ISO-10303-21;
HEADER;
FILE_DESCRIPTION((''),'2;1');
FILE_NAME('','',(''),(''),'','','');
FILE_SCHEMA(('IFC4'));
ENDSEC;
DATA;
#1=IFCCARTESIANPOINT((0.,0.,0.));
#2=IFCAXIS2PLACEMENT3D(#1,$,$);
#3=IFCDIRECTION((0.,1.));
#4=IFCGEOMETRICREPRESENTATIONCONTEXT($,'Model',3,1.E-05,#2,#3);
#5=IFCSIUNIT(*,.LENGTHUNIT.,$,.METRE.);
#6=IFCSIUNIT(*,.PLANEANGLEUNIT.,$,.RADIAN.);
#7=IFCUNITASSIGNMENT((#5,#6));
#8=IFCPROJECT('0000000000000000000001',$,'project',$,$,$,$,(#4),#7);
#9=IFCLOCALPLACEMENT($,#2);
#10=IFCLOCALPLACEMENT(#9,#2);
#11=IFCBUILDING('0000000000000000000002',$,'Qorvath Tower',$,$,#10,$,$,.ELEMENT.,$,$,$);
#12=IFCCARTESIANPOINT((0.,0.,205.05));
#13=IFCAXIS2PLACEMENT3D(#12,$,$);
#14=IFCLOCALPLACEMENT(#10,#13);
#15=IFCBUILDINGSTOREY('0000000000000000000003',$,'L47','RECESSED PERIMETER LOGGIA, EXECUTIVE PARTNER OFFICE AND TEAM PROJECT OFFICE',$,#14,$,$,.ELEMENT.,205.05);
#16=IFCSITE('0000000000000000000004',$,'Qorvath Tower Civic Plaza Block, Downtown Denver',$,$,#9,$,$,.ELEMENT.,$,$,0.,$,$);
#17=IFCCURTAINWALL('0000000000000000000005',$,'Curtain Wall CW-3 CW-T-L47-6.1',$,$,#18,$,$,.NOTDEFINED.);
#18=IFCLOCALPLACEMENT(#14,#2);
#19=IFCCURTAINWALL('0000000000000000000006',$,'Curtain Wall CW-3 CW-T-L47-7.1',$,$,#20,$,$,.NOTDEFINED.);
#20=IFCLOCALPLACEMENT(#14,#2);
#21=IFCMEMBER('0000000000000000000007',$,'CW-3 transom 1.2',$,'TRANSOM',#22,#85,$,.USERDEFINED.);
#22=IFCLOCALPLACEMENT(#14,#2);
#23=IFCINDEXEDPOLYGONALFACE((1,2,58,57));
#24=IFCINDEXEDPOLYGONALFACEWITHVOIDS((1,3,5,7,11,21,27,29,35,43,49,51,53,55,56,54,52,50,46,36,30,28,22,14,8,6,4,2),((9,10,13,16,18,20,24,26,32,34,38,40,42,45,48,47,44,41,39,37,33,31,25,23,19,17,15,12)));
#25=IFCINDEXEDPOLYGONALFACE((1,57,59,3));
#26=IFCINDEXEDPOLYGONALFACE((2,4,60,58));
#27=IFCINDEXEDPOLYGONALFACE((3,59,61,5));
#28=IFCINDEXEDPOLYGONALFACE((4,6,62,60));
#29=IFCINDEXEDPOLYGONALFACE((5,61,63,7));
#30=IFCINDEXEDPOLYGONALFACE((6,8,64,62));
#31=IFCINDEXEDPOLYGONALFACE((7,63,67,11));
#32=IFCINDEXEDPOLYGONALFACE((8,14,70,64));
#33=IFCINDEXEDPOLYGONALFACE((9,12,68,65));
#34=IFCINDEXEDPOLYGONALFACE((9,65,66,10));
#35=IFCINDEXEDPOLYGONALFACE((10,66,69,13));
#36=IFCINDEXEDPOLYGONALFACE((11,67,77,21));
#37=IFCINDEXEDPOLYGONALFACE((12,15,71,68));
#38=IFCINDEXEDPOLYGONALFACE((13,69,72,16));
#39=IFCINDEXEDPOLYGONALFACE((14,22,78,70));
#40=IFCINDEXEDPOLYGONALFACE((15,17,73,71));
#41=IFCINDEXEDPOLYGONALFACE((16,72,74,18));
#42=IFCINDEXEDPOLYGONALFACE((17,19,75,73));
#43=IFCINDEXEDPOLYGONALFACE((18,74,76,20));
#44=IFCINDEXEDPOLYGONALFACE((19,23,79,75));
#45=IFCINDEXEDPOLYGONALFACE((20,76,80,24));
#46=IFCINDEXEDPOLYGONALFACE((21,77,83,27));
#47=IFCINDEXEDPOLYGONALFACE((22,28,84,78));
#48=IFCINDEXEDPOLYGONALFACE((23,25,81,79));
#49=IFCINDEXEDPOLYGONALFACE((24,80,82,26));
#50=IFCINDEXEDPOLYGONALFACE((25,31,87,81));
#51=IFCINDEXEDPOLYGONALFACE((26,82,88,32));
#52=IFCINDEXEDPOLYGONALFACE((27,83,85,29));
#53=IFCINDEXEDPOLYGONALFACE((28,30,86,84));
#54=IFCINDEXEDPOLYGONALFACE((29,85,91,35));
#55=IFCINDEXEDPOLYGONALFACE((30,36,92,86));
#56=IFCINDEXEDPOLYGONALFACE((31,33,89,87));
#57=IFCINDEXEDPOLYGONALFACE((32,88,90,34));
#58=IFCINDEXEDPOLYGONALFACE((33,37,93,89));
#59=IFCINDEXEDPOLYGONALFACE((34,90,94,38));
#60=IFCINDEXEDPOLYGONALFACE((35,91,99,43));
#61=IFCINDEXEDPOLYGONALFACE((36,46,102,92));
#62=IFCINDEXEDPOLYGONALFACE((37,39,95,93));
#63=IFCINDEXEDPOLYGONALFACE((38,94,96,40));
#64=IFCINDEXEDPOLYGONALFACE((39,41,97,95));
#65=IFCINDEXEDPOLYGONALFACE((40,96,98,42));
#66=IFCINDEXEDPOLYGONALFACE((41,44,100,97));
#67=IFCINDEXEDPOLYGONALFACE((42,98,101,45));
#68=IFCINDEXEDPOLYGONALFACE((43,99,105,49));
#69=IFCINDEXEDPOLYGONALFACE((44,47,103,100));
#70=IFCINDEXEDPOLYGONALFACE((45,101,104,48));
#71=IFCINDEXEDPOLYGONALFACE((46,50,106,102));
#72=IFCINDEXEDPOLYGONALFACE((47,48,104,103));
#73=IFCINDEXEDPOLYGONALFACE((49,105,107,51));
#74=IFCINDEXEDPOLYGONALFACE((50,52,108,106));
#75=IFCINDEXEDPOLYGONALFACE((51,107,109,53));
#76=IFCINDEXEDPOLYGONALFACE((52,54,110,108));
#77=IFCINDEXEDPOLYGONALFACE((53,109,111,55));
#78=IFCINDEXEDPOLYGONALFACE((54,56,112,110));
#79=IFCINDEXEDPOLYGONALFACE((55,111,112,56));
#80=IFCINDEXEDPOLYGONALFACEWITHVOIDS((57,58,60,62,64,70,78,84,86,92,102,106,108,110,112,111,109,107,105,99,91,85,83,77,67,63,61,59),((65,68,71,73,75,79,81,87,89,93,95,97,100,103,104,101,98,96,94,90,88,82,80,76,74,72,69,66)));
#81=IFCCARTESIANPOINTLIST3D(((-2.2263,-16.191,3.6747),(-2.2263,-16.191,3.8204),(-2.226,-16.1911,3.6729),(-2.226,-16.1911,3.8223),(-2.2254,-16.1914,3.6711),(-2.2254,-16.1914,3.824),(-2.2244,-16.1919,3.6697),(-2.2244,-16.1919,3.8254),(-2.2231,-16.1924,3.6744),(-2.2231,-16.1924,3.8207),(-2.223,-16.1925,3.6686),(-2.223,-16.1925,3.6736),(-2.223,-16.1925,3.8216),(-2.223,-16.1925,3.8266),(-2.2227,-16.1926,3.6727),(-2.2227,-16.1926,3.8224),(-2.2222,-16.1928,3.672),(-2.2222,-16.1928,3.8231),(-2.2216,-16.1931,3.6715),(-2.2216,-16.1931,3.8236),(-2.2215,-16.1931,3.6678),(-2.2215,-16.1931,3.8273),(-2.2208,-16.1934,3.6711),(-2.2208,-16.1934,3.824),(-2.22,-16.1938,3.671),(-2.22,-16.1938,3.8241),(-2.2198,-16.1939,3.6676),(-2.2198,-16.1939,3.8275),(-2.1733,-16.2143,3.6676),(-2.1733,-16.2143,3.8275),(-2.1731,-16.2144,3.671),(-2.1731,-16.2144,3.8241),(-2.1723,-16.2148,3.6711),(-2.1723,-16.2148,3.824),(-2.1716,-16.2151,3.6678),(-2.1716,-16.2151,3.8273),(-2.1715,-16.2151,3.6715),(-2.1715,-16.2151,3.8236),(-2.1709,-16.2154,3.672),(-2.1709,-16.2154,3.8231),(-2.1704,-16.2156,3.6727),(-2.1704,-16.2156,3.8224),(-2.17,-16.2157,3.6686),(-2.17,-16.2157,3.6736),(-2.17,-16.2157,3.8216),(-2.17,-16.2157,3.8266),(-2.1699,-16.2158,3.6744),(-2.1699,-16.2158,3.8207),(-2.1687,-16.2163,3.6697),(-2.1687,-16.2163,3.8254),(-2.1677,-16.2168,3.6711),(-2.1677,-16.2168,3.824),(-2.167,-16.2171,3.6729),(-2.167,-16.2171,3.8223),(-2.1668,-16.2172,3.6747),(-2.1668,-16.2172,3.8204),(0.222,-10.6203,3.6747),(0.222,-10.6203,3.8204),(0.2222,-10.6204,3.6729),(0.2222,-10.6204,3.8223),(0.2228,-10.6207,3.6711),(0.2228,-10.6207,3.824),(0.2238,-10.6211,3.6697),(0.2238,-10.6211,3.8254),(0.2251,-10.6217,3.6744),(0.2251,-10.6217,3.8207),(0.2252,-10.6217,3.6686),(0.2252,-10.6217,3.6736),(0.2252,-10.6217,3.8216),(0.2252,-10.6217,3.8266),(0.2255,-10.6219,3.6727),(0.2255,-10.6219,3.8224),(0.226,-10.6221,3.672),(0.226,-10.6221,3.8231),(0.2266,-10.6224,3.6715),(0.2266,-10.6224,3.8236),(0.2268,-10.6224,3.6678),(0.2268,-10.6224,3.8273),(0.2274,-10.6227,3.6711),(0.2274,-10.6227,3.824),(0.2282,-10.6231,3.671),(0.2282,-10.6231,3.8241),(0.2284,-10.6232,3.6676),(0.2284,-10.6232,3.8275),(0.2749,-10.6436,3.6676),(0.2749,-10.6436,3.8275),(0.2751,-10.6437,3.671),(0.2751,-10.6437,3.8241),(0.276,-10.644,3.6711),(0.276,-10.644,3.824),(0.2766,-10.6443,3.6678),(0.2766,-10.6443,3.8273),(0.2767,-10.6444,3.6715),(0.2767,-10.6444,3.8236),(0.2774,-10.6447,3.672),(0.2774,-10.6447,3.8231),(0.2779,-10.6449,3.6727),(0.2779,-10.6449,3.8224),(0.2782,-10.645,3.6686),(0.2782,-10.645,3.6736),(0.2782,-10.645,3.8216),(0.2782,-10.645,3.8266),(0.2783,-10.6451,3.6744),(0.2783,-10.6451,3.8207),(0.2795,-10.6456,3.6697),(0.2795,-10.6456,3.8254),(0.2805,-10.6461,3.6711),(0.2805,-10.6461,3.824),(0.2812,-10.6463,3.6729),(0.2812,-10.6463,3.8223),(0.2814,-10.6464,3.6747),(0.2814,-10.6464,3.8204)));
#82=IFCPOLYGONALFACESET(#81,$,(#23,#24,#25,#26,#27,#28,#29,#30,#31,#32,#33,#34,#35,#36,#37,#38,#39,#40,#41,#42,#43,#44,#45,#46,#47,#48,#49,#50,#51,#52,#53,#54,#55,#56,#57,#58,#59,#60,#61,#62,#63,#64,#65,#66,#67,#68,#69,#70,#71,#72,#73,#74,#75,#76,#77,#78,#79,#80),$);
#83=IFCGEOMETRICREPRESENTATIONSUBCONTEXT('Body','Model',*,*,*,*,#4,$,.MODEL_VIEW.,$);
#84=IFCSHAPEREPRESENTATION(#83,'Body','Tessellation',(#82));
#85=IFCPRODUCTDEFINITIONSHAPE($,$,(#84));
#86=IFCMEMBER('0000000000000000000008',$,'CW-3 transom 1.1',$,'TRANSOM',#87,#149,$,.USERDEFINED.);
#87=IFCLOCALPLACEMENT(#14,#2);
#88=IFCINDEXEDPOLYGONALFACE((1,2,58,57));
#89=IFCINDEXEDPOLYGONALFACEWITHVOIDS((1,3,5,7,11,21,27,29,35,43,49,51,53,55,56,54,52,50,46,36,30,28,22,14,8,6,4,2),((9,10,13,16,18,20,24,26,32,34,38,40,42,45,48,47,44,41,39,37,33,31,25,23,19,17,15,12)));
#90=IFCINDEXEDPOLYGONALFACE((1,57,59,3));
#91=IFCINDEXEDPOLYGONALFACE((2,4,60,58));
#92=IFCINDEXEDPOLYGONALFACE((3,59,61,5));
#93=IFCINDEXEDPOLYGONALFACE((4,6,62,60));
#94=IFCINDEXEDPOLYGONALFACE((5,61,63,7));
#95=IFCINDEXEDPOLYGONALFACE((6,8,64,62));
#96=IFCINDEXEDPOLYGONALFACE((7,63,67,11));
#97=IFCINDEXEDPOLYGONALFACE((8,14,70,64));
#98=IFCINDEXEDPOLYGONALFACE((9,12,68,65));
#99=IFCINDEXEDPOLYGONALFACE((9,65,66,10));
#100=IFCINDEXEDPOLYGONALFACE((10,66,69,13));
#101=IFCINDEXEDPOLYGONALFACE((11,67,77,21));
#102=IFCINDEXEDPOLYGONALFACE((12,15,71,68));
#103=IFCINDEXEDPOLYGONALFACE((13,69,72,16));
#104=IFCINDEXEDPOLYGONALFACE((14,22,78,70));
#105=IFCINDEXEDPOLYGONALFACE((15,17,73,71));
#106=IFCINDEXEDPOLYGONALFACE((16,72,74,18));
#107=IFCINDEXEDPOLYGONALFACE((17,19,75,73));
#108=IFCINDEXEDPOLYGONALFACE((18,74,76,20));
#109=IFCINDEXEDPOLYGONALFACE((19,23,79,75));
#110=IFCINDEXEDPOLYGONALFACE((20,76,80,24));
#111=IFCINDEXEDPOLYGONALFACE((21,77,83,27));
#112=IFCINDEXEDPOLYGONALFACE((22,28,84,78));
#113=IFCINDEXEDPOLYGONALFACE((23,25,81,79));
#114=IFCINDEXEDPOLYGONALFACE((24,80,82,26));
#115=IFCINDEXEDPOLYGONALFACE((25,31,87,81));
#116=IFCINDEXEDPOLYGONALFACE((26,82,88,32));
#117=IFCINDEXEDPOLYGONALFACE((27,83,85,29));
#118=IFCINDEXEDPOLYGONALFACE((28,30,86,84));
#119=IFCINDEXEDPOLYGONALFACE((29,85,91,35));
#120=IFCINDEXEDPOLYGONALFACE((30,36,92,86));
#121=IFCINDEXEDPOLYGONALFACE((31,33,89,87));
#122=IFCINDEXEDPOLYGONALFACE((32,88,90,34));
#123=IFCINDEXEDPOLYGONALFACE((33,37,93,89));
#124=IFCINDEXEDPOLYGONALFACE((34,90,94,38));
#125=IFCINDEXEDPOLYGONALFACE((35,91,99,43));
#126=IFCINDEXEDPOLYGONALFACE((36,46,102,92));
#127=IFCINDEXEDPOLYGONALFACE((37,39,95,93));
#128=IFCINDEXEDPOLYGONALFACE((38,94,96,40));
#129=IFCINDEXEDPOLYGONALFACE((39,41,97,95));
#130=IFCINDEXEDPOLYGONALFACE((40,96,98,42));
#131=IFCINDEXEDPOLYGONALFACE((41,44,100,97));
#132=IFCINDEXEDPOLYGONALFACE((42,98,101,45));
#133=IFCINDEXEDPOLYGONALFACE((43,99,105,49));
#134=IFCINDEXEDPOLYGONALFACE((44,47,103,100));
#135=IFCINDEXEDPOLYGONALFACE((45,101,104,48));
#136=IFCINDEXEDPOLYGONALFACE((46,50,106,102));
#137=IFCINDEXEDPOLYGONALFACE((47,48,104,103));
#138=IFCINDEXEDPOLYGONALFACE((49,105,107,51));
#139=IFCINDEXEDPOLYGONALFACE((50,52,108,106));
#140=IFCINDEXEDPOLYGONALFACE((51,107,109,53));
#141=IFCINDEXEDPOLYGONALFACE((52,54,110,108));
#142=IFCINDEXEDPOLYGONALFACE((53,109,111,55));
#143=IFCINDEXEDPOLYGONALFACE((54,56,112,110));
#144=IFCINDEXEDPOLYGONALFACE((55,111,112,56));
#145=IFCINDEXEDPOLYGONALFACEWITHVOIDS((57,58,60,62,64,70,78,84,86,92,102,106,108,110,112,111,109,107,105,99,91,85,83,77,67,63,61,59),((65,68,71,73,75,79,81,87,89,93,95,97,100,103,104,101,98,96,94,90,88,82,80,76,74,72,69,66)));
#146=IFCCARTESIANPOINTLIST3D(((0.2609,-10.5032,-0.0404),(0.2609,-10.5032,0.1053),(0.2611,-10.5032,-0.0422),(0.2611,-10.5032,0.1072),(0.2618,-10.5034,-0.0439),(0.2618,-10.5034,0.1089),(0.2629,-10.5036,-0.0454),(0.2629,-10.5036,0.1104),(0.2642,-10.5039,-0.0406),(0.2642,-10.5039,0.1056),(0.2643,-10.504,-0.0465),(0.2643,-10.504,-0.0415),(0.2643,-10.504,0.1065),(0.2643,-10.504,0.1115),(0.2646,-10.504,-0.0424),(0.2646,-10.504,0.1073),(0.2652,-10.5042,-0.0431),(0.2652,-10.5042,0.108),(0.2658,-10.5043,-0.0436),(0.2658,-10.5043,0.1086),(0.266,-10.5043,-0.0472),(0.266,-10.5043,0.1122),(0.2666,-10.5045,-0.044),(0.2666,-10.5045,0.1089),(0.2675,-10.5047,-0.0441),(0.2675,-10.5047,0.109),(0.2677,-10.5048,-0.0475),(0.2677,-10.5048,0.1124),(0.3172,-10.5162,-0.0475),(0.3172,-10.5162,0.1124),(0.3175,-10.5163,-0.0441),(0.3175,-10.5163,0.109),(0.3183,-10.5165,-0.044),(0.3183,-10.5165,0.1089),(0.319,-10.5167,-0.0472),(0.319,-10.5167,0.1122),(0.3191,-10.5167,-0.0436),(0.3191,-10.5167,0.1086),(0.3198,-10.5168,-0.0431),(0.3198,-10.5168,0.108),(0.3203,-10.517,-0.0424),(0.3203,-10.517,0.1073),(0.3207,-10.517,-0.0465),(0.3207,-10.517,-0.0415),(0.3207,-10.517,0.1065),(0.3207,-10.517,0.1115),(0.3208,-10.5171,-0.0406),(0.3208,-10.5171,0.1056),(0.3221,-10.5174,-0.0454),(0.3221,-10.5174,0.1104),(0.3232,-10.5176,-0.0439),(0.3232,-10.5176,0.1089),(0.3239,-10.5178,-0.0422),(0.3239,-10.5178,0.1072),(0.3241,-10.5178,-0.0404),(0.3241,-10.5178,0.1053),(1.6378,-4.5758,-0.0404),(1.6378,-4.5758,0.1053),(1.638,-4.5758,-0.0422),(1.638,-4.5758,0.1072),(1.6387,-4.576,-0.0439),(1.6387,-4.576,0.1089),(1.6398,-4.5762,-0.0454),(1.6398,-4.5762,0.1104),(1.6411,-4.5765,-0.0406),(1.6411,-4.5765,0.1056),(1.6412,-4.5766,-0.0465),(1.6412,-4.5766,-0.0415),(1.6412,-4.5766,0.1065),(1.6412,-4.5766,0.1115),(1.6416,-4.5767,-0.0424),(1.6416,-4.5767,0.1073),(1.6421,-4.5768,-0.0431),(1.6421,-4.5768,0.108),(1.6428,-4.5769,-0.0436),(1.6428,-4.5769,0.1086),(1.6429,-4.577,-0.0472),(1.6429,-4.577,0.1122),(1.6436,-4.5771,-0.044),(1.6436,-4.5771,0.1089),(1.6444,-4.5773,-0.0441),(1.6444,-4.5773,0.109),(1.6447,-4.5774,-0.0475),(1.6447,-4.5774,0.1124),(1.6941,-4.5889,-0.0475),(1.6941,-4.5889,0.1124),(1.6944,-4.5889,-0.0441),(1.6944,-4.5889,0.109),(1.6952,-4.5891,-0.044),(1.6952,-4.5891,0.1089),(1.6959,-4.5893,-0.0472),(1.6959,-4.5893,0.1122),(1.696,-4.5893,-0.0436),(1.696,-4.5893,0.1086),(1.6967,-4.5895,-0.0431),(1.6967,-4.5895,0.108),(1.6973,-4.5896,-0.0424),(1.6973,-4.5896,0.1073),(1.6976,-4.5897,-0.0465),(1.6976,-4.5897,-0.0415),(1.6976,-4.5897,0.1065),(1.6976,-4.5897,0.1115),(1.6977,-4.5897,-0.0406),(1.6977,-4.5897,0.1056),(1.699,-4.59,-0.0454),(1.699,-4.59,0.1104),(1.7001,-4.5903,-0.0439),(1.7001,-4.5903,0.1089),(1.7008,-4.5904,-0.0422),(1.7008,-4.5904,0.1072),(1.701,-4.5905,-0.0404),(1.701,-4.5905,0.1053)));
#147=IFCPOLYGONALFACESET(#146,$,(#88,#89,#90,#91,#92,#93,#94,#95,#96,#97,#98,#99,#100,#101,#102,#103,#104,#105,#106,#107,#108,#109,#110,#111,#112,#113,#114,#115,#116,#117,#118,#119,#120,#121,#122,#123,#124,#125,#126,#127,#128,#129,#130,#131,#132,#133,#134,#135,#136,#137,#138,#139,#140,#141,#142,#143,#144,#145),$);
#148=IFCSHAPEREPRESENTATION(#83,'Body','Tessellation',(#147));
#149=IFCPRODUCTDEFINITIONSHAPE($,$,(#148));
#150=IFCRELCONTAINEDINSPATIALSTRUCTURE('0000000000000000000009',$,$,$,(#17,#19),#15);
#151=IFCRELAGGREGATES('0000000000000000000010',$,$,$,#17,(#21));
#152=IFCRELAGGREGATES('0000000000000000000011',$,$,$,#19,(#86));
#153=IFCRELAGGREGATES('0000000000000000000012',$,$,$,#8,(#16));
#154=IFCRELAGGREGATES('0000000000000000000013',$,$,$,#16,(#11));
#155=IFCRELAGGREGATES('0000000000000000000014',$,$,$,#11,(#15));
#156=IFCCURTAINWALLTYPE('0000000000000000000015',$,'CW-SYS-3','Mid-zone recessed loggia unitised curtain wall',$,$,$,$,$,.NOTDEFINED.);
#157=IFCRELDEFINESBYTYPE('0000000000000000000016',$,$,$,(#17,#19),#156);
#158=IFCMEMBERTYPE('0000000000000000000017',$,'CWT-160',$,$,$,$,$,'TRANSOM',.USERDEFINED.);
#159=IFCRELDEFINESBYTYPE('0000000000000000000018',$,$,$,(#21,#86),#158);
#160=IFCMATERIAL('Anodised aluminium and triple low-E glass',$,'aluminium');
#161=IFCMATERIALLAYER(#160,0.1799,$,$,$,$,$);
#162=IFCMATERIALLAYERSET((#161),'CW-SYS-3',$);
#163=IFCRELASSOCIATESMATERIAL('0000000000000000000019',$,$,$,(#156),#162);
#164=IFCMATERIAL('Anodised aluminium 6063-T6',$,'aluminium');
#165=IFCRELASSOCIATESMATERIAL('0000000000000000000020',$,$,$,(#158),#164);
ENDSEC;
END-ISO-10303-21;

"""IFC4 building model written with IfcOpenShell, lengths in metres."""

from ifc_helpers import new_model, si_unit, direction, frame, origin, origin_2d, place, context, subcontext, project, spatial, hollow_rectangle, extrude, material, layer, layer_set, material_profile, profile_set, type_object, element, aggregate, save


model = new_model("IFC4")

# Units and contexts
model_context = context("Model", 3, precision=1e-05, world=origin(), true_north=direction((0.0, 1.0)))
body_context = subcontext(model_context, "Body", "Model", "MODEL_VIEW")
ifc_project = project(units=[si_unit("LENGTHUNIT", "METRE"), si_unit("PLANEANGLEUNIT", "RADIAN")], contexts=[model_context])

# Site, building, storey
site_placement = place(None, origin())
site = spatial("IfcSite", under=ifc_project, at=site_placement, Name="Qorvath Tower Civic Plaza Block, Downtown Denver", CompositionType="ELEMENT", RefElevation=0.0)
building_placement = place(site_placement, origin())
building = spatial("IfcBuilding", under=site, at=building_placement, Name="Qorvath Tower", CompositionType="ELEMENT")
storey_placement = place(building_placement, frame((0.0, 0.0, 205.05)))
storey = spatial("IfcBuildingStorey", under=building, at=storey_placement, Name="L47", Description="RECESSED PERIMETER LOGGIA, EXECUTIVE PARTNER OFFICE AND TEAM PROJECT OFFICE", CompositionType="ELEMENT", Elevation=205.05)

# Curtain wall
ifc_material_1 = material(Name="Anodised aluminium and triple low-E glass", Category="aluminium")
ifc_layer_1 = layer(ifc_material_1, 0.1799)
ifc_layer_set_1 = layer_set([ifc_layer_1], Name="CW-SYS-3")
curtain_wall_type = type_object("IfcCurtainWallType", Name="CW-SYS-3", Description="Mid-zone recessed loggia unitised curtain wall", PredefinedType="NOTDEFINED", material=ifc_layer_set_1)
curtain_wall_1_placement = place(storey_placement, origin())
curtain_wall_1 = element("IfcCurtainWall", 1, at=curtain_wall_1_placement, inside=storey, type_object=curtain_wall_type, Name="Curtain Wall CW-3 CW-T-L47-6.1", PredefinedType="NOTDEFINED")

# Curtain wall
curtain_wall_2_placement = place(storey_placement, origin())
curtain_wall_2 = element("IfcCurtainWall", 2, at=curtain_wall_2_placement, inside=storey, type_object=curtain_wall_type, Name="Curtain Wall CW-3 CW-T-L47-7.1", PredefinedType="NOTDEFINED")

# Members
ifc_material_2 = material(Name="Anodised aluminium 6063-T6", Category="aluminium")
ifc_material_profile_1 = material_profile(ifc_material_2, hollow_rectangle(XDim=0.0649, YDim=0.1599, WallThickness=0.0034, InnerFilletRadius=0.0034, OuterFilletRadius=0.0071, at=origin_2d()), Name="CWT 160x65")
ifc_profile_set_1 = profile_set([ifc_material_profile_1], Name="Anodised aluminium 6063-T6")
member_type_1 = type_object("IfcMemberType", Name="CWT-160", ElementType="TRANSOM", PredefinedType="USERDEFINED", material=ifc_profile_set_1)
member_1_placement = place(storey_placement, frame((-2.1965, -16.2041, 3.7476), z_axis=(0.402338, 0.915491, 0.0), x_axis=(-0.915491, 0.402338, 0.0)))
member_1 = element("IfcMember", 3, at=member_1_placement, type_object=member_type_1, Name="CW-3 transom 1.2", ObjectType="TRANSOM", PredefinedType="USERDEFINED", context=body_context, shape_type="SweptSolid", body=[
    extrude(hollow_rectangle(XDim=0.0649, YDim=0.1599, WallThickness=0.0034, InnerFilletRadius=0.0034, OuterFilletRadius=0.0071, at=origin_2d()), origin(), (0.0, 0.0, 1.0), 6.085),
])
member_2_placement = place(storey_placement, frame((0.2925, -10.5105, 0.0325), z_axis=(0.226274, 0.974064, 0.0), x_axis=(-0.974064, 0.226274, 0.0)))
member_2 = element("IfcMember", 4, at=member_2_placement, type_object=member_type_1, Name="CW-3 transom 1.1", ObjectType="TRANSOM", PredefinedType="USERDEFINED", context=body_context, shape_type="SweptSolid", body=[
    extrude(hollow_rectangle(XDim=0.0649, YDim=0.1599, WallThickness=0.0034, InnerFilletRadius=0.0034, OuterFilletRadius=0.0071, at=origin_2d()), origin(), (0.0, 0.0, 1.0), 6.0852),
])

aggregate(curtain_wall_1, [member_1])
aggregate(curtain_wall_2, [member_2])

save(model, "model.ifc")
